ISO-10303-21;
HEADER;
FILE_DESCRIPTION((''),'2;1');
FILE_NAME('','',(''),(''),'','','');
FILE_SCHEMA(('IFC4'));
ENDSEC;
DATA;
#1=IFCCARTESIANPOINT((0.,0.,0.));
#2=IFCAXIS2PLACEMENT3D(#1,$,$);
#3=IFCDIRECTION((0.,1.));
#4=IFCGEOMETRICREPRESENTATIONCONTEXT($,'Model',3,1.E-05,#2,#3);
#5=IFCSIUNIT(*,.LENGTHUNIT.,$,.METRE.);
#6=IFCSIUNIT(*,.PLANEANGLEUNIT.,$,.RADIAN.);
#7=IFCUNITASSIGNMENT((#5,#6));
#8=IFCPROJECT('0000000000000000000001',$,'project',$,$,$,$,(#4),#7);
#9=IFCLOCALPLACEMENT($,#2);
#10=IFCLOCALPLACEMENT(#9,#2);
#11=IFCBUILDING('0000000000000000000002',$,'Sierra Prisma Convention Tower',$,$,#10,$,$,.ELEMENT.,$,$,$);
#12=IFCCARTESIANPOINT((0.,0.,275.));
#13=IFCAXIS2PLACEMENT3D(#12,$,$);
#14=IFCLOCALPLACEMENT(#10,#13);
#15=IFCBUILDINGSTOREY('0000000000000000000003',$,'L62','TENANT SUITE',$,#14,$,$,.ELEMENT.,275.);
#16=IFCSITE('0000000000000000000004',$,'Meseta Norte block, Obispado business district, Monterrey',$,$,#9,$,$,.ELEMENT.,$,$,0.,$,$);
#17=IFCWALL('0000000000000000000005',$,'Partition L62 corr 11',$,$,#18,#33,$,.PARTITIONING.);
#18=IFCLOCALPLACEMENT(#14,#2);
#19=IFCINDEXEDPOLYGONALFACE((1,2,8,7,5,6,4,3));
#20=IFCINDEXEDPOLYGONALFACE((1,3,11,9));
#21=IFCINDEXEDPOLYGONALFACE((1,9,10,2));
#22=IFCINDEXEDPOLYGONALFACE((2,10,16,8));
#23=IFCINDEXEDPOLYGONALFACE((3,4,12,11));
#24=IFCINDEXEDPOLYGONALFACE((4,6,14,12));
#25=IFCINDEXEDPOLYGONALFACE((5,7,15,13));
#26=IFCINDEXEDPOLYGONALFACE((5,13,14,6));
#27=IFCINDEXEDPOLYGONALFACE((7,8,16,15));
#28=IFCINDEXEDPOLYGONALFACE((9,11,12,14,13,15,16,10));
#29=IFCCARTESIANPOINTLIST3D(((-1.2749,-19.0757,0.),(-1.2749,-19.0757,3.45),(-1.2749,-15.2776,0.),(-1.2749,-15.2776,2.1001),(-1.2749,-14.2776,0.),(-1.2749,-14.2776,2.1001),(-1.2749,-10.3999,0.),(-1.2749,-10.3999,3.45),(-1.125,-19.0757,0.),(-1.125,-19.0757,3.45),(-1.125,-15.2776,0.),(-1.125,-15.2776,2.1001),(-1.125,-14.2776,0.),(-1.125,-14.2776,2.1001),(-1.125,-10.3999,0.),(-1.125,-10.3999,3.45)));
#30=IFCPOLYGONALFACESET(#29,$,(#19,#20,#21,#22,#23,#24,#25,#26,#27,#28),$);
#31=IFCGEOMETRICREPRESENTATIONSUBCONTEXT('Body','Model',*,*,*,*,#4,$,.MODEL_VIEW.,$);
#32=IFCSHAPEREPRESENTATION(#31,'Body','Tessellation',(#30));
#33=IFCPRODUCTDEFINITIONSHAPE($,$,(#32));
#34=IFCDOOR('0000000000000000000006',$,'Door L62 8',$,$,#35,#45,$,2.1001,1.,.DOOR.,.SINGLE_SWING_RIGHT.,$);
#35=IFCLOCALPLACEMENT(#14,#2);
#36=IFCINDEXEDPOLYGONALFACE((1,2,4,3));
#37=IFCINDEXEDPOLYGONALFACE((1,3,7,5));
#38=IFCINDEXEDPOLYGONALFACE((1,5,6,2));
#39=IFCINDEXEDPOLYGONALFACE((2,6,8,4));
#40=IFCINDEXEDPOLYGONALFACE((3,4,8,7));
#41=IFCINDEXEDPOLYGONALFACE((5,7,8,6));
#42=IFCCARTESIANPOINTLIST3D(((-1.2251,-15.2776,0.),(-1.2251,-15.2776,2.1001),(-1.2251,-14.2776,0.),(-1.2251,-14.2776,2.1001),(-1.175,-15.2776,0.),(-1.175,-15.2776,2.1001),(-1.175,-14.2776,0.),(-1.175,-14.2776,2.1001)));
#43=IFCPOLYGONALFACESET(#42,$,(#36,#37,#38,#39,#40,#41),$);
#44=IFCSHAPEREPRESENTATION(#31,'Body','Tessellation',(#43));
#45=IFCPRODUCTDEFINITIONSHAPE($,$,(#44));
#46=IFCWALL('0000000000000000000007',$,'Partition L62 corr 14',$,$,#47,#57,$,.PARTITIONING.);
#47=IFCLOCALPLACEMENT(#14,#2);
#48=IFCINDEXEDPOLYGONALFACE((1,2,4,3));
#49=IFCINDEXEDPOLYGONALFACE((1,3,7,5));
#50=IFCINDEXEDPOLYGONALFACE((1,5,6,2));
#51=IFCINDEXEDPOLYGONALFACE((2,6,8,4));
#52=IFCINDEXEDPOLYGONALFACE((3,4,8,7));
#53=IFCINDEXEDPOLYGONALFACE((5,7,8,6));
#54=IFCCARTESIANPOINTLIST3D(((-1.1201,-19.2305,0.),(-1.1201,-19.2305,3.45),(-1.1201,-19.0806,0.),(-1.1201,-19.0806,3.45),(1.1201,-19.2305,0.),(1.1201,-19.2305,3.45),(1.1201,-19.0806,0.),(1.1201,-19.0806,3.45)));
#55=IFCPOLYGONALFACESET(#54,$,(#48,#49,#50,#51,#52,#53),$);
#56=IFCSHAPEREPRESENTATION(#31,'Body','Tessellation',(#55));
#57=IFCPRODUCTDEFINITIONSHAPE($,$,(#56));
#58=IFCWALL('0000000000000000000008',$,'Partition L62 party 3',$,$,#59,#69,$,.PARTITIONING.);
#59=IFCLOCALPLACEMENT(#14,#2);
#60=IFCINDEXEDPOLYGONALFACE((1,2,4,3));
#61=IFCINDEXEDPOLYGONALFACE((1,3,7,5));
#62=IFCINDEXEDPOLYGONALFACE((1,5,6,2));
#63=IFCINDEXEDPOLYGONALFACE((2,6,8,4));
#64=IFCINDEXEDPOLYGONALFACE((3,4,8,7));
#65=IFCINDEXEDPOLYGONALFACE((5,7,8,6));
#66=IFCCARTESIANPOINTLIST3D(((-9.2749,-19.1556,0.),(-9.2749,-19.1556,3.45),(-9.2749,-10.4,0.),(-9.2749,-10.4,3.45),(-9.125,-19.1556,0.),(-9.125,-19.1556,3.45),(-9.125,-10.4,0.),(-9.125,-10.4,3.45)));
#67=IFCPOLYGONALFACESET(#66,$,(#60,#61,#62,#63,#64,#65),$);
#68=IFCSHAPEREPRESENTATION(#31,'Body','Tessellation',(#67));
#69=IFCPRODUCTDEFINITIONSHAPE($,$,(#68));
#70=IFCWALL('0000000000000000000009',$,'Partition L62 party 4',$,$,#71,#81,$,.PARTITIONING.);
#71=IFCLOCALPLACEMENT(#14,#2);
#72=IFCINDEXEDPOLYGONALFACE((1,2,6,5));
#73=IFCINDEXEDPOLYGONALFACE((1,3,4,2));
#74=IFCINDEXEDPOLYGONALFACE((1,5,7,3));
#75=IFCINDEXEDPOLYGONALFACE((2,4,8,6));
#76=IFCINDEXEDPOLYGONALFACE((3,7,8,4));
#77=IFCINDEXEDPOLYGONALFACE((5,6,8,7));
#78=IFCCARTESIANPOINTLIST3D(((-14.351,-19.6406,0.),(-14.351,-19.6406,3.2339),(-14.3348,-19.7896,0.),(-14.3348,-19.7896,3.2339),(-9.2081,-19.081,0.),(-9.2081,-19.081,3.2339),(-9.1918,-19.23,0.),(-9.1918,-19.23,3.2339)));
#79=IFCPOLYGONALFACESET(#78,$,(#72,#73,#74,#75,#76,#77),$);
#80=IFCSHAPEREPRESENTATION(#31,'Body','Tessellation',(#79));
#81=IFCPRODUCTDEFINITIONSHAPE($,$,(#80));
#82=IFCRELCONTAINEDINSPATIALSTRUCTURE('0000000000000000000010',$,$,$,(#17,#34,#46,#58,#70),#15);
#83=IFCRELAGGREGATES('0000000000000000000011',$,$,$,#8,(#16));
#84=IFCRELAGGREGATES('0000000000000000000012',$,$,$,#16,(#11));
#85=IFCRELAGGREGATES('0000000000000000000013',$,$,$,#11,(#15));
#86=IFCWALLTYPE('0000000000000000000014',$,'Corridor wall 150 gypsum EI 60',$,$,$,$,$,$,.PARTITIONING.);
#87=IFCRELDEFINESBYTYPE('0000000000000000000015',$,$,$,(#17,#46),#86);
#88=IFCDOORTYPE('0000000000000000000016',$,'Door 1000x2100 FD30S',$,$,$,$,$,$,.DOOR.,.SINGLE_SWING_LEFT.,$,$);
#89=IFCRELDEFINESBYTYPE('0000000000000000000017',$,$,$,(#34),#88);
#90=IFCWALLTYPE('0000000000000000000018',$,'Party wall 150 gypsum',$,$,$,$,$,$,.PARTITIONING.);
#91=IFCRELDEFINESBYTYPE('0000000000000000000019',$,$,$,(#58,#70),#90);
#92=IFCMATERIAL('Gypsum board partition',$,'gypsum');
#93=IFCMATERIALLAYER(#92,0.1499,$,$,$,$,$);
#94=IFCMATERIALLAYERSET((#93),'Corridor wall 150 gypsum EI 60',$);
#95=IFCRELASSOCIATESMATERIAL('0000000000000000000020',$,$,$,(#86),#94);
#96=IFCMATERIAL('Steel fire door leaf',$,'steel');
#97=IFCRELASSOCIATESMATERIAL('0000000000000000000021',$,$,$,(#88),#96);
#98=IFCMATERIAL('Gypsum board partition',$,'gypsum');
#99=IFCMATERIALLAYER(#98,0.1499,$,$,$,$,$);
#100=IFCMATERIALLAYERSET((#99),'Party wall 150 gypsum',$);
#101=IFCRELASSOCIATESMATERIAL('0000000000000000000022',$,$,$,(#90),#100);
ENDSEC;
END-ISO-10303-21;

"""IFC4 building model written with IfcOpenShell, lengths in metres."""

from ifc_helpers import new_model, si_unit, direction, frame, frame_2d, origin, place, context, subcontext, project, spatial, rectangle, extrude, material, layer, layer_set, type_object, element, fill, save


model = new_model("IFC4")

# Units and contexts
model_context = context("Model", 3, precision=1e-05, world=origin(), true_north=direction((0.0, 1.0)))
body_context = subcontext(model_context, "Body", "Model", "MODEL_VIEW")
ifc_project = project(units=[si_unit("LENGTHUNIT", "METRE"), si_unit("PLANEANGLEUNIT", "RADIAN")], contexts=[model_context])

# Site, building, storey
site_placement = place(None, origin())
site = spatial("IfcSite", under=ifc_project, at=site_placement, Name="Meseta Norte block, Obispado business district, Monterrey", CompositionType="ELEMENT", RefElevation=0.0)
building_placement = place(site_placement, origin())
building = spatial("IfcBuilding", under=site, at=building_placement, Name="Sierra Prisma Convention Tower", CompositionType="ELEMENT")
storey_placement = place(building_placement, frame((0.0, 0.0, 275.0)))
storey = spatial("IfcBuildingStorey", under=building, at=storey_placement, Name="L62", Description="TENANT SUITE", CompositionType="ELEMENT", Elevation=275.0)

# Wall, opening, door
ifc_material_1 = material(Name="Gypsum board partition", Category="gypsum")
ifc_layer_1 = layer(ifc_material_1, 0.1499)
ifc_layer_set_1 = layer_set([ifc_layer_1], Name="Corridor wall 150 gypsum EI 60")
wall_type_1 = type_object("IfcWallType", Name="Corridor wall 150 gypsum EI 60", PredefinedType="PARTITIONING", material=ifc_layer_set_1)
wall_1_placement = place(storey_placement, frame((-1.2, -10.3999, 0.0), z_axis=(0.0, 0.0, 1.0), x_axis=(0.0, -1.0, 0.0)))
wall_1 = element("IfcWall", 1, at=wall_1_placement, inside=storey, type_object=wall_type_1, Name="Partition L62 corr 11", PredefinedType="PARTITIONING", context=body_context, shape_type="SweptSolid", body=[
    extrude(rectangle(XDim=8.6758, YDim=0.1499, at=frame_2d((4.3379, 0.0))), origin(), (0.0, 0.0, 1.0), 3.45),
])
opening_1_placement = place(wall_1_placement, frame((3.8777, 0.0, 0.0)))
opening_1 = element("IfcOpeningElement", 2, at=opening_1_placement, cuts=wall_1, PredefinedType="OPENING", context=body_context, shape_type="SweptSolid", body=[
    extrude(rectangle(XDim=1.0, YDim=2.1001, at=frame_2d((0.5, 1.05))), frame((0.0, 0.075, 0.0), z_axis=(0.0, -1.0, 0.0), x_axis=(1.0, 0.0, 0.0)), (0.0, 0.0, 1.0), 0.1499),
])
ifc_material_2 = material(Name="Steel fire door leaf", Category="steel")
door_type_1 = type_object("IfcDoorType", Name="Door 1000x2100 FD30S", OperationType="SINGLE_SWING_LEFT", PredefinedType="DOOR", material=ifc_material_2)
door_1_placement = place(opening_1_placement, origin())
door_1 = element("IfcDoor", 3, at=door_1_placement, inside=storey, type_object=door_type_1, Name="Door L62 8", OperationType="SINGLE_SWING_RIGHT", OverallHeight=2.1001, OverallWidth=1.0, PredefinedType="DOOR", context=body_context, shape_type="SweptSolid", body=[
    extrude(rectangle(XDim=1.0, YDim=2.1001, at=frame_2d((0.5, 1.05))), frame((0.0, 0.0249, 0.0), z_axis=(0.0, -1.0, 0.0), x_axis=(1.0, 0.0, 0.0)), (0.0, 0.0, 1.0), 0.05),
])
fill(opening_1, door_1)

# Walls
wall_2_placement = place(storey_placement, frame((-1.1201, -19.1555, 0.0), z_axis=(0.0, 0.0, 1.0), x_axis=(1.0, 0.0, 0.0)))
element("IfcWall", 4, at=wall_2_placement, inside=storey, type_object=wall_type_1, Name="Partition L62 corr 14", PredefinedType="PARTITIONING", context=body_context, shape_type="SweptSolid", body=[
    extrude(rectangle(XDim=2.2402, YDim=0.1499, at=frame_2d((1.1201, 0.0))), origin(), (0.0, 0.0, 1.0), 3.45),
])
ifc_material_3 = material(Name="Gypsum board partition", Category="gypsum")
ifc_layer_2 = layer(ifc_material_3, 0.1499)
ifc_layer_set_2 = layer_set([ifc_layer_2], Name="Party wall 150 gypsum")
wall_type_2 = type_object("IfcWallType", Name="Party wall 150 gypsum", PredefinedType="PARTITIONING", material=ifc_layer_set_2)
wall_3_placement = place(storey_placement, frame((-9.2, -10.3999, 0.0), z_axis=(0.0, 0.0, 1.0), x_axis=(0.0, -1.0, 0.0)))
element("IfcWall", 5, at=wall_3_placement, inside=storey, type_object=wall_type_2, Name="Partition L62 party 3", PredefinedType="PARTITIONING", context=body_context, shape_type="SweptSolid", body=[
    extrude(rectangle(XDim=8.7556, YDim=0.1499, at=frame_2d((4.3779, 0.0))), origin(), (0.0, 0.0, 1.0), 3.45),
])
wall_4_placement = place(storey_placement, frame((-9.2, -19.1555, 0.0), z_axis=(0.0, 0.0, 1.0), x_axis=(-0.994133, -0.108163, 0.0)))
element("IfcWall", 6, at=wall_4_placement, inside=storey, type_object=wall_type_2, Name="Partition L62 party 4", PredefinedType="PARTITIONING", context=body_context, shape_type="SweptSolid", body=[
    extrude(rectangle(XDim=5.1733, YDim=0.1499, at=frame_2d((2.5867, 0.0))), origin(), (0.0, 0.0, 1.0), 3.2339),
])

save(model, "model.ifc")
